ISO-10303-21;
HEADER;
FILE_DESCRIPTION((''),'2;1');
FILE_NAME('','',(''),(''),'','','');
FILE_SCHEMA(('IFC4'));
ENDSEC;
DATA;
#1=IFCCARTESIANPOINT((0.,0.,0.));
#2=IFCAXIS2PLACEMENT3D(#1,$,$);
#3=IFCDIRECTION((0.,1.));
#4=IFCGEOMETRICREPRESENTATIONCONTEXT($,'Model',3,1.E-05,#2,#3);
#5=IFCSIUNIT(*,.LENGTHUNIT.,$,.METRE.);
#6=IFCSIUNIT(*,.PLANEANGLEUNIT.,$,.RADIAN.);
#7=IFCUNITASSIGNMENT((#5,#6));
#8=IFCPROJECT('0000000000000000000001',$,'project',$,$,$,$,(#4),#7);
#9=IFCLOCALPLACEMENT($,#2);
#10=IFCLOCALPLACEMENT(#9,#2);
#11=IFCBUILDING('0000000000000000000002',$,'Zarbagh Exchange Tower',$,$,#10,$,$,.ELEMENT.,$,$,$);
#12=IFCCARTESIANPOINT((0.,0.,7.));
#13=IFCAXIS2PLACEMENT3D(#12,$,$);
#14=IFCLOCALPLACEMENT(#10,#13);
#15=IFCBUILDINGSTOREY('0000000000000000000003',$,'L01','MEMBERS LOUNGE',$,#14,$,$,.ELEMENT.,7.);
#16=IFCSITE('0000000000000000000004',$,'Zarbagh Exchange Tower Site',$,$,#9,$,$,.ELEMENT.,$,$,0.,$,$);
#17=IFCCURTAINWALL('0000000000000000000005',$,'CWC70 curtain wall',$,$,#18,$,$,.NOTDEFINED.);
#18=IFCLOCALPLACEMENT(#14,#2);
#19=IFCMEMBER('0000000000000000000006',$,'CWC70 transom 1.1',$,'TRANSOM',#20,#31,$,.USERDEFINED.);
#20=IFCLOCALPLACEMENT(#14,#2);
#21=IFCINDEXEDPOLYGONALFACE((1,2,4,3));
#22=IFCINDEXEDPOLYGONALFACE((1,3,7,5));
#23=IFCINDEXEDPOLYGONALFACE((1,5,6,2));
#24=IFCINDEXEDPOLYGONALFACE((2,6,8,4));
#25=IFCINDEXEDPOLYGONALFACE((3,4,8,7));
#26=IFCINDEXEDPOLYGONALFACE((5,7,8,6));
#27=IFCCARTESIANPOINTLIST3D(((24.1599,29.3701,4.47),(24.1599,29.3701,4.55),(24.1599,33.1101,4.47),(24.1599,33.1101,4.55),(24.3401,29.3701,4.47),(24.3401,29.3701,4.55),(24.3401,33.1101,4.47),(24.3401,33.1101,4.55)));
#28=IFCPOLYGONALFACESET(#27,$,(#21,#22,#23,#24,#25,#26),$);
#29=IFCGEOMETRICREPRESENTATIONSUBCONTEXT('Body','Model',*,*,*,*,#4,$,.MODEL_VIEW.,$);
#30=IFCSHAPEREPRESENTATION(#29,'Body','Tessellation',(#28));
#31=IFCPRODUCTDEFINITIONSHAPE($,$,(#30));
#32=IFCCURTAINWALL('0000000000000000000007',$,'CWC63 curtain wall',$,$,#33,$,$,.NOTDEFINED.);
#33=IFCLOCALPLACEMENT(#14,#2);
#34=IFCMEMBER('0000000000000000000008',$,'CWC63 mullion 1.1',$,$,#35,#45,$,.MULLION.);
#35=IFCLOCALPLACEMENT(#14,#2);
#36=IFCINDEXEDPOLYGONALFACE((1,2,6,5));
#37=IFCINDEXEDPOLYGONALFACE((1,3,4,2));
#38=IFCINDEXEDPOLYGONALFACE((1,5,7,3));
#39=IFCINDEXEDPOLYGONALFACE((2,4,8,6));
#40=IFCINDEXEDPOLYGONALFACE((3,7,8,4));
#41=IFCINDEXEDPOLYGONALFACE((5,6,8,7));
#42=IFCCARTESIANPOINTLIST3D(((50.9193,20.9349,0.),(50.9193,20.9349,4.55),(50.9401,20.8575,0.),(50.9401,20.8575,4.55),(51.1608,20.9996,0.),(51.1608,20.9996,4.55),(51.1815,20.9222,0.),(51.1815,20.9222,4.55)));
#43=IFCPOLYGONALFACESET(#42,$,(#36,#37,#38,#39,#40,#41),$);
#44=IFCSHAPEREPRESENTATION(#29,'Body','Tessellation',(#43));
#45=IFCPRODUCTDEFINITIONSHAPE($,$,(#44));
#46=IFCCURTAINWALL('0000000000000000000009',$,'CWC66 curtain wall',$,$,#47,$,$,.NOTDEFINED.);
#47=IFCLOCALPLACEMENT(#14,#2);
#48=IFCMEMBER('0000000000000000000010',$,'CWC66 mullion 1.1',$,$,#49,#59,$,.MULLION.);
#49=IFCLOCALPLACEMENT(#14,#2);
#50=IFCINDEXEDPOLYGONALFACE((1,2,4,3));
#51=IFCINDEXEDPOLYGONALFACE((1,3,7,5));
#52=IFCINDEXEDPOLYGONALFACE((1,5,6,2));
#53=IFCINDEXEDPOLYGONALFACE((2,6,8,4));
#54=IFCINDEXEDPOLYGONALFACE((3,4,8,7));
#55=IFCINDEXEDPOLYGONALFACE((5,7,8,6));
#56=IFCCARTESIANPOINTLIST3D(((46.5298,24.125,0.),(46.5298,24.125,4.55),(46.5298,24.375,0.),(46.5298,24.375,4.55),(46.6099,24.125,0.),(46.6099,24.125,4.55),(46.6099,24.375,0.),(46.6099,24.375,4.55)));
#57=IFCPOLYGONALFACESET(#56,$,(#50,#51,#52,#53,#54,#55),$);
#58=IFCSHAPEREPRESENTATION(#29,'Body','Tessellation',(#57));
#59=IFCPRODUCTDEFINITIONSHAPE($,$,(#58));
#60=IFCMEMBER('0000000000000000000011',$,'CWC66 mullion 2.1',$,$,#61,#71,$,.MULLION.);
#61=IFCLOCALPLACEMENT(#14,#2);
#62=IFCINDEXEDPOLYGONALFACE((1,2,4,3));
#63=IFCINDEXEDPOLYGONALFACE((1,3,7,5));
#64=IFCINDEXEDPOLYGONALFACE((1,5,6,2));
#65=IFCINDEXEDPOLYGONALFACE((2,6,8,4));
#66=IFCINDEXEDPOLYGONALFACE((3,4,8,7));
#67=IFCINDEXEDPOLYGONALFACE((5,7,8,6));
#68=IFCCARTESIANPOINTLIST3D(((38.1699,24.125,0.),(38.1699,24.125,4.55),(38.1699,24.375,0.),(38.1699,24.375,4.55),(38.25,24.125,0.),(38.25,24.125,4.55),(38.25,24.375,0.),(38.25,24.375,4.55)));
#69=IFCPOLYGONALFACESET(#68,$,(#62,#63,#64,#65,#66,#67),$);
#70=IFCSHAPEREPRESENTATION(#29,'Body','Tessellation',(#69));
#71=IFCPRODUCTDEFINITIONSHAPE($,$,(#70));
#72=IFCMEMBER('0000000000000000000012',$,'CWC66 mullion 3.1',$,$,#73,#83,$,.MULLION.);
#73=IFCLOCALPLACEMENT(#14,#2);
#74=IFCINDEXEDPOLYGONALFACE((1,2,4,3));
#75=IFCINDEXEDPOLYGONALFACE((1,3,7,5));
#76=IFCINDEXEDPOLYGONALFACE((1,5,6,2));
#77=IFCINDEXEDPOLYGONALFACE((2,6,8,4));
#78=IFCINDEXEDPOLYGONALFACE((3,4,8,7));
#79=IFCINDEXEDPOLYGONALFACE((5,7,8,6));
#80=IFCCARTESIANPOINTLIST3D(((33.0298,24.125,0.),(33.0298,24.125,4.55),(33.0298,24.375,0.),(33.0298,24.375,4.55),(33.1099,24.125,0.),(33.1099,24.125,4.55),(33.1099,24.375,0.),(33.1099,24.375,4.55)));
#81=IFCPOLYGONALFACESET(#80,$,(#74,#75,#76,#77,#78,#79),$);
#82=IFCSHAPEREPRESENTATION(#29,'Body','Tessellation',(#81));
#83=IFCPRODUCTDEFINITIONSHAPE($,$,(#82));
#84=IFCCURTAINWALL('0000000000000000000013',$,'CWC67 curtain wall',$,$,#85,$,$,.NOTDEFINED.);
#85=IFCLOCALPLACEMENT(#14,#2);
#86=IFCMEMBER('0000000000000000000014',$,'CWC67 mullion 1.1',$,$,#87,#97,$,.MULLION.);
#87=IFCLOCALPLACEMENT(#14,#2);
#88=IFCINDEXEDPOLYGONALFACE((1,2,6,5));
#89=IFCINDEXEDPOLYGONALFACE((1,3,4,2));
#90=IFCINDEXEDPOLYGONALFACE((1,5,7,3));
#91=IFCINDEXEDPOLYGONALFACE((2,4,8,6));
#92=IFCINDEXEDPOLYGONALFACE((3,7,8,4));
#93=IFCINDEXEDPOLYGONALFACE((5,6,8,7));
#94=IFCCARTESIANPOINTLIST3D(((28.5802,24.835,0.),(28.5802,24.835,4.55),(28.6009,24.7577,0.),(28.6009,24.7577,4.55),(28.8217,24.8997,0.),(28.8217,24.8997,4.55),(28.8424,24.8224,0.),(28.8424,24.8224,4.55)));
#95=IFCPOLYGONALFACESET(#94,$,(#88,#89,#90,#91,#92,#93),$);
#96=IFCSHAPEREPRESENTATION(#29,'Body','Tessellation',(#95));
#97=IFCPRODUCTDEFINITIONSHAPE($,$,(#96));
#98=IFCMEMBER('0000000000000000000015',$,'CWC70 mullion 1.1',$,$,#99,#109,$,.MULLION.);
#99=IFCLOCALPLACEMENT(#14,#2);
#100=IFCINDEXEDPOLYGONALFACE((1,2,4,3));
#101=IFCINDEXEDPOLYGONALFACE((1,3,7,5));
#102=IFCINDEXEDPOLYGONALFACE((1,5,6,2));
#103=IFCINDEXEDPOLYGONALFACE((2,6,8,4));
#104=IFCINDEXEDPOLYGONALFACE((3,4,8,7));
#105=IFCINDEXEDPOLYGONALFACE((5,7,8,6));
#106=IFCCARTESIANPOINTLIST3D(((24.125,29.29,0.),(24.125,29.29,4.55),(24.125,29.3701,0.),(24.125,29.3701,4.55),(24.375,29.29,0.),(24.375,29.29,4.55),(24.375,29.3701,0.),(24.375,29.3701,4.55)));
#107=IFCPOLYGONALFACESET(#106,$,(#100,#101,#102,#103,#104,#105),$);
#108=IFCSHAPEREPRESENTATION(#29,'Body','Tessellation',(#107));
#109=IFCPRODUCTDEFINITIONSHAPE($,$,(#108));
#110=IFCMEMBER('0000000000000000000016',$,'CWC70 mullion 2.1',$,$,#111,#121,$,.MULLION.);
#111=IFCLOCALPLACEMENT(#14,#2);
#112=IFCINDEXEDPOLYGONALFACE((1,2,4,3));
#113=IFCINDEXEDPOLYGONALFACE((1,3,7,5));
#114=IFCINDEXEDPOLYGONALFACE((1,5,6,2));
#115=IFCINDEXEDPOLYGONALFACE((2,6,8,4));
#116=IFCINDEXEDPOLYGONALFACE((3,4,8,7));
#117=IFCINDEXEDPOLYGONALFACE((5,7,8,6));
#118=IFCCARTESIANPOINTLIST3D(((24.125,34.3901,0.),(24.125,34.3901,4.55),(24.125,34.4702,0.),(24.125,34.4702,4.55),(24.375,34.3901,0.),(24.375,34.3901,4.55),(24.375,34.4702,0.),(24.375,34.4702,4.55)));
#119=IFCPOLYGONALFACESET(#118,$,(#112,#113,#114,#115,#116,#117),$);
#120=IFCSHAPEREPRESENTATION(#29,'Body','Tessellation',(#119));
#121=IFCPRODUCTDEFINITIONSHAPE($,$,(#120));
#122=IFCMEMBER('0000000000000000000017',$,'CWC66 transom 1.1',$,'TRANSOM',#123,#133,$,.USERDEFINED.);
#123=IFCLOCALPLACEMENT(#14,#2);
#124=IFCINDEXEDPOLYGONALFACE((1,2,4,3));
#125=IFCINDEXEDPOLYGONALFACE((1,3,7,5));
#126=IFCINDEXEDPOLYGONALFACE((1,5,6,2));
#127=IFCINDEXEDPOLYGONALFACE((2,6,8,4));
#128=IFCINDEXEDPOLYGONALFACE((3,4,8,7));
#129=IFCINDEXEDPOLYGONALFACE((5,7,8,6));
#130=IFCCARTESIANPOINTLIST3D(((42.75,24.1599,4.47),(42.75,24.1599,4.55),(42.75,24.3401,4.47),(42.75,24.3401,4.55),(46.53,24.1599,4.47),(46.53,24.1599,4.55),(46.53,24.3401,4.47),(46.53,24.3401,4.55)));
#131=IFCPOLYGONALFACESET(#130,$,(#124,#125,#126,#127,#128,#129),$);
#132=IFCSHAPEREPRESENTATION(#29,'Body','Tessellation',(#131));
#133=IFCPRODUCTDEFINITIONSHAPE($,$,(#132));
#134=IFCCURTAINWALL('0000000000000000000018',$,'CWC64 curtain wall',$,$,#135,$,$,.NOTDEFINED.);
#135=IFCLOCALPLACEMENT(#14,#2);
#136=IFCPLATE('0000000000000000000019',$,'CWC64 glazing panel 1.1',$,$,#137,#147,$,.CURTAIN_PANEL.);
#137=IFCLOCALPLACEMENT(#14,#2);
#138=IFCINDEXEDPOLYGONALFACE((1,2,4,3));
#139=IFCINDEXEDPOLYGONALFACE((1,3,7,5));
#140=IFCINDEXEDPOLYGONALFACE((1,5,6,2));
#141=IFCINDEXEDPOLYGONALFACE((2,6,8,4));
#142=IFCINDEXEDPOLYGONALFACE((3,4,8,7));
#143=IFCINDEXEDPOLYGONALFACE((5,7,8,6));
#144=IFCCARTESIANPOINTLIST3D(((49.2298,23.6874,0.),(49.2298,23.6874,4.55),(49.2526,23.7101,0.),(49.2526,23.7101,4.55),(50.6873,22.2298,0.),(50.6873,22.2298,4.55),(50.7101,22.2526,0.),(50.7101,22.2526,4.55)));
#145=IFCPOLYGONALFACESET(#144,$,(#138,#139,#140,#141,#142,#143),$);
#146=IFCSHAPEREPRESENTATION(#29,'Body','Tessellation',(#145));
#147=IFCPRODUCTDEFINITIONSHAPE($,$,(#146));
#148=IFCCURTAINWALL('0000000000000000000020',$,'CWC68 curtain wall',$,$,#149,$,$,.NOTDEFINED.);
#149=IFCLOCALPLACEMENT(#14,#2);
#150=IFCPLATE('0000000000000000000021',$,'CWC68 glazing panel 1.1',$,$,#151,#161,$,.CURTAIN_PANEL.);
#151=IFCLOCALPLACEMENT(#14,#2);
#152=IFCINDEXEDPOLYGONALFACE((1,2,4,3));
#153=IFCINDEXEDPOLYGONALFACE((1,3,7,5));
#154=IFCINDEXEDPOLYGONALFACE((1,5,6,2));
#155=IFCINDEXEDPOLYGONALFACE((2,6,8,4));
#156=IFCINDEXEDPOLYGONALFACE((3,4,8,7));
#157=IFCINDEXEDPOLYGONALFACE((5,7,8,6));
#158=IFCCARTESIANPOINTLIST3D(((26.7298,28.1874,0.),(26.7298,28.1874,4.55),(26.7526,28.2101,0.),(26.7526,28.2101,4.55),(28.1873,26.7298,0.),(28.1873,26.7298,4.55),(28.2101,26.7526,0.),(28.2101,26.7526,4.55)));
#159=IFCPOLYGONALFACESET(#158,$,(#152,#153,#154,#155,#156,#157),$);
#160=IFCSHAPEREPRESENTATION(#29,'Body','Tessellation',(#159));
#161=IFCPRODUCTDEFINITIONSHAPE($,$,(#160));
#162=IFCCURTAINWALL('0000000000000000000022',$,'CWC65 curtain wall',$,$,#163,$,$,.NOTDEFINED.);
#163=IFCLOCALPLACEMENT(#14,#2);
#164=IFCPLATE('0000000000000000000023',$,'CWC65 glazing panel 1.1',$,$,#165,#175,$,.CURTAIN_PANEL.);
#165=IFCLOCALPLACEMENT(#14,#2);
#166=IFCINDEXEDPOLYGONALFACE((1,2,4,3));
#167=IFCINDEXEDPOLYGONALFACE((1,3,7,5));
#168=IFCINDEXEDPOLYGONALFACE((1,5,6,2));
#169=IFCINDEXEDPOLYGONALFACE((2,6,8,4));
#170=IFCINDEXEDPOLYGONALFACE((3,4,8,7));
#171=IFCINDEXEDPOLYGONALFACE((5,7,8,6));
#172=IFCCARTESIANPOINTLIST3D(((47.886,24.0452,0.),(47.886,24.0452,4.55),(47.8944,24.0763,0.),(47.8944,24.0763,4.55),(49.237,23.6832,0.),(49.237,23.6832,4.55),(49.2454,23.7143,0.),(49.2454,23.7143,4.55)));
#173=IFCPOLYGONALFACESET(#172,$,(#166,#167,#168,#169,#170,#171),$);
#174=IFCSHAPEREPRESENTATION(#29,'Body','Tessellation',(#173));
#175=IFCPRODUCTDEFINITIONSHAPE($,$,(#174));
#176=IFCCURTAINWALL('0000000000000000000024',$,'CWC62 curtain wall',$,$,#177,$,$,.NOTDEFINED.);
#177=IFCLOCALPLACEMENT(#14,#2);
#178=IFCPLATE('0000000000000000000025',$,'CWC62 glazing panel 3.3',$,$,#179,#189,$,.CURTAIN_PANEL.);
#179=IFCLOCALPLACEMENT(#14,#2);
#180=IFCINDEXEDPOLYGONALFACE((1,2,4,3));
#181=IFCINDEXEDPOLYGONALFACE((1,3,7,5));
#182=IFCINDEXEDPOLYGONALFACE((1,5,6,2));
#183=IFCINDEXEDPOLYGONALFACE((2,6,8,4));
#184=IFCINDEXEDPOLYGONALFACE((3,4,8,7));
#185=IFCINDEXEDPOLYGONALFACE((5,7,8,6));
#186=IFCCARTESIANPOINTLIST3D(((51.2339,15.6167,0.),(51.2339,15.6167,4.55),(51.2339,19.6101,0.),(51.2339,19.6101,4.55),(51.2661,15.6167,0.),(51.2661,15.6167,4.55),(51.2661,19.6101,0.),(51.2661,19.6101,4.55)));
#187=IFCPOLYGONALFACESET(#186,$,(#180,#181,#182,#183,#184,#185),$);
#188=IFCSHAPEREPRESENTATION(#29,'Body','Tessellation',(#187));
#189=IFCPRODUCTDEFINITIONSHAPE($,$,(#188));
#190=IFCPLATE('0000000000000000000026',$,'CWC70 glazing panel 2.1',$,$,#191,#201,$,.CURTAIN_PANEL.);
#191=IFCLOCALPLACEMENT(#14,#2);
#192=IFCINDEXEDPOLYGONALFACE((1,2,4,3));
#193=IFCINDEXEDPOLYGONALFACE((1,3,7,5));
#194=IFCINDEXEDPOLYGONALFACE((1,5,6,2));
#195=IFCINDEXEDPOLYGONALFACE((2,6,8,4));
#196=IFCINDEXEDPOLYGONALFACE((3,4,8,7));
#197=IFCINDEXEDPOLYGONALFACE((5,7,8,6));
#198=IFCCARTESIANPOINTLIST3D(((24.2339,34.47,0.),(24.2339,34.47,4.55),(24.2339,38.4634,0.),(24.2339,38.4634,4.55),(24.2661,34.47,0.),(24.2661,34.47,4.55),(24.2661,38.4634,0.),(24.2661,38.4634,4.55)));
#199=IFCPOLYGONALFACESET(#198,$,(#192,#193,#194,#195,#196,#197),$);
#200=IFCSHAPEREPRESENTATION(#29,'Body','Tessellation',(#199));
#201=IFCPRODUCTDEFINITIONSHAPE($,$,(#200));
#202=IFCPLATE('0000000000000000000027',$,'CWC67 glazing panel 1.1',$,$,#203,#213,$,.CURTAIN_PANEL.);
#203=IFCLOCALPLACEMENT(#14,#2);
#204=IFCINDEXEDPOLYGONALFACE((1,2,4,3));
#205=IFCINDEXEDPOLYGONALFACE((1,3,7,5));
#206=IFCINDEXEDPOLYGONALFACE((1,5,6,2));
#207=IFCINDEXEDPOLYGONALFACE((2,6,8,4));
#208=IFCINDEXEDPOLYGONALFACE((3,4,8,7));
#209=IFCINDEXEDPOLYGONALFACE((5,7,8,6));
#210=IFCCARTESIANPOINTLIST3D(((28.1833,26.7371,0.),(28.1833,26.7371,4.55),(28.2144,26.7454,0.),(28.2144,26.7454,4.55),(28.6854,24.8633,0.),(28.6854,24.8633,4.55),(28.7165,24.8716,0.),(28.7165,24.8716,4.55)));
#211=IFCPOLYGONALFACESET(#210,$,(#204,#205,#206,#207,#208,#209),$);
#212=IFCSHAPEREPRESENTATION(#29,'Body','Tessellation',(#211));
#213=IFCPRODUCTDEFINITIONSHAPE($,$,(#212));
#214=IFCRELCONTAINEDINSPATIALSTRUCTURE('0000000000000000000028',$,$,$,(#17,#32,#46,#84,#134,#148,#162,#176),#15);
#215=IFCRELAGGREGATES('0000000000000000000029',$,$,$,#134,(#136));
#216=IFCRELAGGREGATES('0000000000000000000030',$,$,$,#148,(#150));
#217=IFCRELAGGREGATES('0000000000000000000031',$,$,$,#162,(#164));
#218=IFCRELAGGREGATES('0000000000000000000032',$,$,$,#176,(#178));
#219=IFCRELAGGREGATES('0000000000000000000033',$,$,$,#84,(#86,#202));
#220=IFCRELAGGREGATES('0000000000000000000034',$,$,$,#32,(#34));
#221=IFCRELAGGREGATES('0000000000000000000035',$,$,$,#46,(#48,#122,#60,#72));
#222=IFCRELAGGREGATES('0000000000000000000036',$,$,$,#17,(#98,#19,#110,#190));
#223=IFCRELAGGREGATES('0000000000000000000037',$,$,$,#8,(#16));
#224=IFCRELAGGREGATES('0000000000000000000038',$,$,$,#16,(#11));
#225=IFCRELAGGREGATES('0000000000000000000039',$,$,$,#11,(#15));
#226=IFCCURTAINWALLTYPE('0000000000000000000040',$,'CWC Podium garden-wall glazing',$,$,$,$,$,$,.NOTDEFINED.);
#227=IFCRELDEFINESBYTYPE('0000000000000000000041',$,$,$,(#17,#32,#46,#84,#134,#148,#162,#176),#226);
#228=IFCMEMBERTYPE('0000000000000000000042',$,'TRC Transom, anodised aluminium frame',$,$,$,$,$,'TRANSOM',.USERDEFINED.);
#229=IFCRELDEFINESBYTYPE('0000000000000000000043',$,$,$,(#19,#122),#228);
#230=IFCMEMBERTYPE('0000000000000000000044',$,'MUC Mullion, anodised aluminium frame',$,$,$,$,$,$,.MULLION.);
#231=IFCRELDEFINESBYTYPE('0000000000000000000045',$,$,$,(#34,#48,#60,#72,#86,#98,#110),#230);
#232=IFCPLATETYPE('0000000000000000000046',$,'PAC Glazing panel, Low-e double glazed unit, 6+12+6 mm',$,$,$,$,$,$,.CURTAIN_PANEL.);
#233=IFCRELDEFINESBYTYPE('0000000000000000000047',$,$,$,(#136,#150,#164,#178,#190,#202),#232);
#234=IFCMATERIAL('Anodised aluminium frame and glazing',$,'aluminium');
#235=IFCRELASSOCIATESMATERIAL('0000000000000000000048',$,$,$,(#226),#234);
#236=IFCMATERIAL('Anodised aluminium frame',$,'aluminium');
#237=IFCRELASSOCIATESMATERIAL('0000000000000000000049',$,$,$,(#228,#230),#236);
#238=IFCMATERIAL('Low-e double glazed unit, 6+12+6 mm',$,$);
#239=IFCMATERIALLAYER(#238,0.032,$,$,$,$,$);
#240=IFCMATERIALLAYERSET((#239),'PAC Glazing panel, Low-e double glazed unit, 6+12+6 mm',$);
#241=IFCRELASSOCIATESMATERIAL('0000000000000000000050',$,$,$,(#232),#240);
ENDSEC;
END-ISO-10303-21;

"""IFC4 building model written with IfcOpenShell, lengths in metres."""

from ifc_helpers import new_model, si_unit, direction, frame, origin, place, context, subcontext, project, spatial, polyline, outline, extrude, source, transform, mapped, material, layer, layer_set, type_object, element, aggregate, save


model = new_model("IFC4")

# Units and contexts
model_context = context("Model", 3, precision=1e-05, world=origin(), true_north=direction((0.0, 1.0)))
body_context = subcontext(model_context, "Body", "Model", "MODEL_VIEW")
ifc_project = project(units=[si_unit("LENGTHUNIT", "METRE"), si_unit("PLANEANGLEUNIT", "RADIAN")], contexts=[model_context])

# Site, building, storey
site_placement = place(None, origin())
site = spatial("IfcSite", under=ifc_project, at=site_placement, Name="Zarbagh Exchange Tower Site", CompositionType="ELEMENT", RefElevation=0.0)
building_placement = place(site_placement, origin())
building = spatial("IfcBuilding", under=site, at=building_placement, Name="Zarbagh Exchange Tower", CompositionType="ELEMENT")
storey_placement = place(building_placement, frame((0.0, 0.0, 7.0)))
storey = spatial("IfcBuildingStorey", under=building, at=storey_placement, Name="L01", Description="MEMBERS LOUNGE", CompositionType="ELEMENT", Elevation=7.0)

# Curtain walls, members
ifc_material_1 = material(Name="Anodised aluminium frame and glazing", Category="aluminium")
curtain_wall_type = type_object("IfcCurtainWallType", Name="CWC Podium garden-wall glazing", PredefinedType="NOTDEFINED", material=ifc_material_1)
curtain_wall_1_placement = place(storey_placement, origin())
curtain_wall_1 = element("IfcCurtainWall", 1, at=curtain_wall_1_placement, inside=storey, type_object=curtain_wall_type, Name="CWC70 curtain wall", PredefinedType="NOTDEFINED")
ifc_material_2 = material(Name="Anodised aluminium frame", Category="aluminium")
member_type_1 = type_object("IfcMemberType", Name="TRC Transom, anodised aluminium frame", ElementType="TRANSOM", PredefinedType="USERDEFINED", material=ifc_material_2)
shared_shape_1 = source(origin(), body_context, "Body", "SweptSolid", [
    extrude(outline(polyline([(-0.0801, -0.0901), (0.0, -0.0901), (0.0, 0.0901), (-0.0801, 0.0901), (-0.0801, -0.0901)])), origin(), (0.0, 0.0, 1.0), 3.74),
])
placement = place(storey_placement, origin())
member_1 = element("IfcMember", 2, at=placement, type_object=member_type_1, Name="CWC70 transom 1.1", ObjectType="TRANSOM", PredefinedType="USERDEFINED", context=body_context, shape_type="MappedRepresentation", body=[
    mapped(shared_shape_1, transform((24.25, 29.3701, 4.55), x_axis=(0.0, 0.0, 1.0), y_axis=(1.0, 0.0, 0.0), z_axis=(0.0, 1.0, 0.0))),
])
curtain_wall_2_placement = place(storey_placement, origin())
curtain_wall_2 = element("IfcCurtainWall", 3, at=curtain_wall_2_placement, inside=storey, type_object=curtain_wall_type, Name="CWC63 curtain wall", PredefinedType="NOTDEFINED")
member_type_2 = type_object("IfcMemberType", Name="MUC Mullion, anodised aluminium frame", PredefinedType="MULLION", material=ifc_material_2)
shared_shape_2 = source(origin(), body_context, "Body", "SweptSolid", [
    extrude(outline(polyline([(0.0, -0.125), (0.0801, -0.125), (0.0801, 0.125), (0.0, 0.125), (0.0, -0.125)])), origin(), (0.0, 0.0, 1.0), 4.55),
])
member_2 = element("IfcMember", 4, at=placement, type_object=member_type_2, Name="CWC63 mullion 1.1", PredefinedType="MULLION", context=body_context, shape_type="MappedRepresentation", body=[
    mapped(shared_shape_2, transform((51.0608, 20.8899, 0.0), x_axis=(-0.258825, 0.965924, 0.0), y_axis=(-0.965924, -0.258825, 0.0), z_axis=(0.0, 0.0, 1.0))),
])

# Curtain wall, members
curtain_wall_3_placement = place(storey_placement, origin())
curtain_wall_3 = element("IfcCurtainWall", 5, at=curtain_wall_3_placement, inside=storey, type_object=curtain_wall_type, Name="CWC66 curtain wall", PredefinedType="NOTDEFINED")
member_3 = element("IfcMember", 6, at=placement, type_object=member_type_2, Name="CWC66 mullion 1.1", PredefinedType="MULLION", context=body_context, shape_type="MappedRepresentation", body=[
    mapped(shared_shape_2, transform((46.6099, 24.25, 0.0), x_axis=(-1.0, 0.0, 0.0), y_axis=(0.0, -1.0, 0.0), z_axis=(0.0, 0.0, 1.0))),
])
member_4 = element("IfcMember", 7, at=placement, type_object=member_type_2, Name="CWC66 mullion 2.1", PredefinedType="MULLION", context=body_context, shape_type="MappedRepresentation", body=[
    mapped(shared_shape_2, transform((38.25, 24.25, 0.0), x_axis=(-1.0, 0.0, 0.0), y_axis=(0.0, -1.0, 0.0), z_axis=(0.0, 0.0, 1.0))),
])
member_5 = element("IfcMember", 8, at=placement, type_object=member_type_2, Name="CWC66 mullion 3.1", PredefinedType="MULLION", context=body_context, shape_type="MappedRepresentation", body=[
    mapped(shared_shape_2, transform((33.1099, 24.25, 0.0), x_axis=(-1.0, 0.0, 0.0), y_axis=(0.0, -1.0, 0.0), z_axis=(0.0, 0.0, 1.0))),
])

# Curtain wall, member
curtain_wall_4_placement = place(storey_placement, origin())
curtain_wall_4 = element("IfcCurtainWall", 9, at=curtain_wall_4_placement, inside=storey, type_object=curtain_wall_type, Name="CWC67 curtain wall", PredefinedType="NOTDEFINED")
member_6 = element("IfcMember", 10, at=placement, type_object=member_type_2, Name="CWC67 mullion 1.1", PredefinedType="MULLION", context=body_context, shape_type="MappedRepresentation", body=[
    mapped(shared_shape_2, transform((28.7217, 24.79, 0.0), x_axis=(-0.258825, 0.965924, 0.0), y_axis=(-0.965924, -0.258825, 0.0), z_axis=(0.0, 0.0, 1.0))),
])

# Members
member_7 = element("IfcMember", 11, at=placement, type_object=member_type_2, Name="CWC70 mullion 1.1", PredefinedType="MULLION", context=body_context, shape_type="MappedRepresentation", body=[
    mapped(shared_shape_2, transform((24.25, 29.29, 0.0), x_axis=(0.0, 1.0, 0.0), y_axis=(-1.0, 0.0, 0.0), z_axis=(0.0, 0.0, 1.0))),
])
member_8 = element("IfcMember", 12, at=placement, type_object=member_type_2, Name="CWC70 mullion 2.1", PredefinedType="MULLION", context=body_context, shape_type="MappedRepresentation", body=[
    mapped(shared_shape_2, transform((24.25, 34.3901, 0.0), x_axis=(0.0, 1.0, 0.0), y_axis=(-1.0, 0.0, 0.0), z_axis=(0.0, 0.0, 1.0))),
])
shared_shape_3 = source(origin(), body_context, "Body", "SweptSolid", [
    extrude(outline(polyline([(-0.0801, -0.0901), (0.0, -0.0901), (0.0, 0.0901), (-0.0801, 0.0901), (-0.0801, -0.0901)])), origin(), (0.0, 0.0, 1.0), 3.78),
])
member_9 = element("IfcMember", 13, at=placement, type_object=member_type_1, Name="CWC66 transom 1.1", ObjectType="TRANSOM", PredefinedType="USERDEFINED", context=body_context, shape_type="MappedRepresentation", body=[
    mapped(shared_shape_3, transform((46.53, 24.25, 4.55), x_axis=(0.0, 0.0, 1.0), y_axis=(0.0, 1.0, 0.0), z_axis=(-1.0, 0.0, 0.0))),
])

# Curtain walls, plates
curtain_wall_5_placement = place(storey_placement, origin())
curtain_wall_5 = element("IfcCurtainWall", 14, at=curtain_wall_5_placement, inside=storey, type_object=curtain_wall_type, Name="CWC64 curtain wall", PredefinedType="NOTDEFINED")
ifc_material_3 = material(Name="Low-e double glazed unit, 6+12+6 mm")
ifc_layer = layer(ifc_material_3, 0.032)
ifc_layer_set = layer_set([ifc_layer], Name="PAC Glazing panel, Low-e double glazed unit, 6+12+6 mm")
plate_type = type_object("IfcPlateType", Name="PAC Glazing panel, Low-e double glazed unit, 6+12+6 mm", PredefinedType="CURTAIN_PANEL", material=ifc_layer_set)
shared_shape_4 = source(origin(), body_context, "Body", "SweptSolid", [
    extrude(outline(polyline([(0.0, -0.0161), (2.0613, -0.0161), (2.0613, 0.0161), (0.0, 0.0161), (0.0, -0.0161)])), origin(), (0.0, 0.0, 1.0), 4.55),
])
plate_1 = element("IfcPlate", 15, at=placement, type_object=plate_type, Name="CWC64 glazing panel 1.1", PredefinedType="CURTAIN_PANEL", context=body_context, shape_type="MappedRepresentation", body=[
    mapped(shared_shape_4, transform((50.6987, 22.2412, 0.0), x_axis=(-0.707107, 0.707107, 0.0), y_axis=(-0.707107, -0.707107, 0.0), z_axis=(0.0, 0.0, 1.0))),
])
aggregate(curtain_wall_5, [plate_1])
curtain_wall_6_placement = place(storey_placement, origin())
curtain_wall_6 = element("IfcCurtainWall", 16, at=curtain_wall_6_placement, inside=storey, type_object=curtain_wall_type, Name="CWC68 curtain wall", PredefinedType="NOTDEFINED")
plate_2 = element("IfcPlate", 17, at=placement, type_object=plate_type, Name="CWC68 glazing panel 1.1", PredefinedType="CURTAIN_PANEL", context=body_context, shape_type="MappedRepresentation", body=[
    mapped(shared_shape_4, transform((28.1987, 26.7412, 0.0), x_axis=(-0.707107, 0.707107, 0.0), y_axis=(-0.707107, -0.707107, 0.0), z_axis=(0.0, 0.0, 1.0))),
])
aggregate(curtain_wall_6, [plate_2])
curtain_wall_7_placement = place(storey_placement, origin())
curtain_wall_7 = element("IfcCurtainWall", 18, at=curtain_wall_7_placement, inside=storey, type_object=curtain_wall_type, Name="CWC65 curtain wall", PredefinedType="NOTDEFINED")
shared_shape_5 = source(origin(), body_context, "Body", "SweptSolid", [
    extrude(outline(polyline([(0.0, -0.0161), (1.3987, -0.0161), (1.3987, 0.0161), (0.0, 0.0161), (0.0, -0.0161)])), origin(), (0.0, 0.0, 1.0), 4.55),
])
plate_3 = element("IfcPlate", 19, at=placement, type_object=plate_type, Name="CWC65 glazing panel 1.1", PredefinedType="CURTAIN_PANEL", context=body_context, shape_type="MappedRepresentation", body=[
    mapped(shared_shape_5, transform((49.2412, 23.6987, 0.0), x_axis=(-0.965924, 0.258825, 0.0), y_axis=(-0.258825, -0.965924, 0.0), z_axis=(0.0, 0.0, 1.0))),
])
aggregate(curtain_wall_7, [plate_3])
curtain_wall_8_placement = place(storey_placement, origin())
curtain_wall_8 = element("IfcCurtainWall", 20, at=curtain_wall_8_placement, inside=storey, type_object=curtain_wall_type, Name="CWC62 curtain wall", PredefinedType="NOTDEFINED")
shared_shape_6 = source(origin(), body_context, "Body", "SweptSolid", [
    extrude(outline(polyline([(0.0, -0.0161), (3.9934, -0.0161), (3.9934, 0.0161), (0.0, 0.0161), (0.0, -0.0161)])), origin(), (0.0, 0.0, 1.0), 4.55),
])
plate_4 = element("IfcPlate", 21, at=placement, type_object=plate_type, Name="CWC62 glazing panel 3.3", PredefinedType="CURTAIN_PANEL", context=body_context, shape_type="MappedRepresentation", body=[
    mapped(shared_shape_6, transform((51.25, 15.6167, 0.0), x_axis=(0.0, 1.0, 0.0), y_axis=(-1.0, 0.0, 0.0), z_axis=(0.0, 0.0, 1.0))),
])
aggregate(curtain_wall_8, [plate_4])

# Plates
plate_5 = element("IfcPlate", 22, at=placement, type_object=plate_type, Name="CWC70 glazing panel 2.1", PredefinedType="CURTAIN_PANEL", context=body_context, shape_type="MappedRepresentation", body=[
    mapped(shared_shape_6, transform((24.25, 34.47, 0.0), x_axis=(0.0, 1.0, 0.0), y_axis=(-1.0, 0.0, 0.0), z_axis=(0.0, 0.0, 1.0))),
])
shared_shape_7 = source(origin(), body_context, "Body", "SweptSolid", [
    extrude(outline(polyline([(0.0, -0.0161), (1.9399, -0.0161), (1.9399, 0.0161), (0.0, 0.0161), (0.0, -0.0161)])), origin(), (0.0, 0.0, 1.0), 4.55),
])
plate_6 = element("IfcPlate", 23, at=placement, type_object=plate_type, Name="CWC67 glazing panel 1.1", PredefinedType="CURTAIN_PANEL", context=body_context, shape_type="MappedRepresentation", body=[
    mapped(shared_shape_7, transform((28.7009, 24.8674, 0.0), x_axis=(-0.258825, 0.965924, 0.0), y_axis=(-0.965924, -0.258825, 0.0), z_axis=(0.0, 0.0, 1.0))),
])
aggregate(curtain_wall_4, [member_6, plate_6])

aggregate(curtain_wall_2, [member_2])
aggregate(curtain_wall_3, [member_3, member_9, member_4, member_5])
aggregate(curtain_wall_1, [member_7, member_1, member_8, plate_5])

save(model, "model.ifc")
